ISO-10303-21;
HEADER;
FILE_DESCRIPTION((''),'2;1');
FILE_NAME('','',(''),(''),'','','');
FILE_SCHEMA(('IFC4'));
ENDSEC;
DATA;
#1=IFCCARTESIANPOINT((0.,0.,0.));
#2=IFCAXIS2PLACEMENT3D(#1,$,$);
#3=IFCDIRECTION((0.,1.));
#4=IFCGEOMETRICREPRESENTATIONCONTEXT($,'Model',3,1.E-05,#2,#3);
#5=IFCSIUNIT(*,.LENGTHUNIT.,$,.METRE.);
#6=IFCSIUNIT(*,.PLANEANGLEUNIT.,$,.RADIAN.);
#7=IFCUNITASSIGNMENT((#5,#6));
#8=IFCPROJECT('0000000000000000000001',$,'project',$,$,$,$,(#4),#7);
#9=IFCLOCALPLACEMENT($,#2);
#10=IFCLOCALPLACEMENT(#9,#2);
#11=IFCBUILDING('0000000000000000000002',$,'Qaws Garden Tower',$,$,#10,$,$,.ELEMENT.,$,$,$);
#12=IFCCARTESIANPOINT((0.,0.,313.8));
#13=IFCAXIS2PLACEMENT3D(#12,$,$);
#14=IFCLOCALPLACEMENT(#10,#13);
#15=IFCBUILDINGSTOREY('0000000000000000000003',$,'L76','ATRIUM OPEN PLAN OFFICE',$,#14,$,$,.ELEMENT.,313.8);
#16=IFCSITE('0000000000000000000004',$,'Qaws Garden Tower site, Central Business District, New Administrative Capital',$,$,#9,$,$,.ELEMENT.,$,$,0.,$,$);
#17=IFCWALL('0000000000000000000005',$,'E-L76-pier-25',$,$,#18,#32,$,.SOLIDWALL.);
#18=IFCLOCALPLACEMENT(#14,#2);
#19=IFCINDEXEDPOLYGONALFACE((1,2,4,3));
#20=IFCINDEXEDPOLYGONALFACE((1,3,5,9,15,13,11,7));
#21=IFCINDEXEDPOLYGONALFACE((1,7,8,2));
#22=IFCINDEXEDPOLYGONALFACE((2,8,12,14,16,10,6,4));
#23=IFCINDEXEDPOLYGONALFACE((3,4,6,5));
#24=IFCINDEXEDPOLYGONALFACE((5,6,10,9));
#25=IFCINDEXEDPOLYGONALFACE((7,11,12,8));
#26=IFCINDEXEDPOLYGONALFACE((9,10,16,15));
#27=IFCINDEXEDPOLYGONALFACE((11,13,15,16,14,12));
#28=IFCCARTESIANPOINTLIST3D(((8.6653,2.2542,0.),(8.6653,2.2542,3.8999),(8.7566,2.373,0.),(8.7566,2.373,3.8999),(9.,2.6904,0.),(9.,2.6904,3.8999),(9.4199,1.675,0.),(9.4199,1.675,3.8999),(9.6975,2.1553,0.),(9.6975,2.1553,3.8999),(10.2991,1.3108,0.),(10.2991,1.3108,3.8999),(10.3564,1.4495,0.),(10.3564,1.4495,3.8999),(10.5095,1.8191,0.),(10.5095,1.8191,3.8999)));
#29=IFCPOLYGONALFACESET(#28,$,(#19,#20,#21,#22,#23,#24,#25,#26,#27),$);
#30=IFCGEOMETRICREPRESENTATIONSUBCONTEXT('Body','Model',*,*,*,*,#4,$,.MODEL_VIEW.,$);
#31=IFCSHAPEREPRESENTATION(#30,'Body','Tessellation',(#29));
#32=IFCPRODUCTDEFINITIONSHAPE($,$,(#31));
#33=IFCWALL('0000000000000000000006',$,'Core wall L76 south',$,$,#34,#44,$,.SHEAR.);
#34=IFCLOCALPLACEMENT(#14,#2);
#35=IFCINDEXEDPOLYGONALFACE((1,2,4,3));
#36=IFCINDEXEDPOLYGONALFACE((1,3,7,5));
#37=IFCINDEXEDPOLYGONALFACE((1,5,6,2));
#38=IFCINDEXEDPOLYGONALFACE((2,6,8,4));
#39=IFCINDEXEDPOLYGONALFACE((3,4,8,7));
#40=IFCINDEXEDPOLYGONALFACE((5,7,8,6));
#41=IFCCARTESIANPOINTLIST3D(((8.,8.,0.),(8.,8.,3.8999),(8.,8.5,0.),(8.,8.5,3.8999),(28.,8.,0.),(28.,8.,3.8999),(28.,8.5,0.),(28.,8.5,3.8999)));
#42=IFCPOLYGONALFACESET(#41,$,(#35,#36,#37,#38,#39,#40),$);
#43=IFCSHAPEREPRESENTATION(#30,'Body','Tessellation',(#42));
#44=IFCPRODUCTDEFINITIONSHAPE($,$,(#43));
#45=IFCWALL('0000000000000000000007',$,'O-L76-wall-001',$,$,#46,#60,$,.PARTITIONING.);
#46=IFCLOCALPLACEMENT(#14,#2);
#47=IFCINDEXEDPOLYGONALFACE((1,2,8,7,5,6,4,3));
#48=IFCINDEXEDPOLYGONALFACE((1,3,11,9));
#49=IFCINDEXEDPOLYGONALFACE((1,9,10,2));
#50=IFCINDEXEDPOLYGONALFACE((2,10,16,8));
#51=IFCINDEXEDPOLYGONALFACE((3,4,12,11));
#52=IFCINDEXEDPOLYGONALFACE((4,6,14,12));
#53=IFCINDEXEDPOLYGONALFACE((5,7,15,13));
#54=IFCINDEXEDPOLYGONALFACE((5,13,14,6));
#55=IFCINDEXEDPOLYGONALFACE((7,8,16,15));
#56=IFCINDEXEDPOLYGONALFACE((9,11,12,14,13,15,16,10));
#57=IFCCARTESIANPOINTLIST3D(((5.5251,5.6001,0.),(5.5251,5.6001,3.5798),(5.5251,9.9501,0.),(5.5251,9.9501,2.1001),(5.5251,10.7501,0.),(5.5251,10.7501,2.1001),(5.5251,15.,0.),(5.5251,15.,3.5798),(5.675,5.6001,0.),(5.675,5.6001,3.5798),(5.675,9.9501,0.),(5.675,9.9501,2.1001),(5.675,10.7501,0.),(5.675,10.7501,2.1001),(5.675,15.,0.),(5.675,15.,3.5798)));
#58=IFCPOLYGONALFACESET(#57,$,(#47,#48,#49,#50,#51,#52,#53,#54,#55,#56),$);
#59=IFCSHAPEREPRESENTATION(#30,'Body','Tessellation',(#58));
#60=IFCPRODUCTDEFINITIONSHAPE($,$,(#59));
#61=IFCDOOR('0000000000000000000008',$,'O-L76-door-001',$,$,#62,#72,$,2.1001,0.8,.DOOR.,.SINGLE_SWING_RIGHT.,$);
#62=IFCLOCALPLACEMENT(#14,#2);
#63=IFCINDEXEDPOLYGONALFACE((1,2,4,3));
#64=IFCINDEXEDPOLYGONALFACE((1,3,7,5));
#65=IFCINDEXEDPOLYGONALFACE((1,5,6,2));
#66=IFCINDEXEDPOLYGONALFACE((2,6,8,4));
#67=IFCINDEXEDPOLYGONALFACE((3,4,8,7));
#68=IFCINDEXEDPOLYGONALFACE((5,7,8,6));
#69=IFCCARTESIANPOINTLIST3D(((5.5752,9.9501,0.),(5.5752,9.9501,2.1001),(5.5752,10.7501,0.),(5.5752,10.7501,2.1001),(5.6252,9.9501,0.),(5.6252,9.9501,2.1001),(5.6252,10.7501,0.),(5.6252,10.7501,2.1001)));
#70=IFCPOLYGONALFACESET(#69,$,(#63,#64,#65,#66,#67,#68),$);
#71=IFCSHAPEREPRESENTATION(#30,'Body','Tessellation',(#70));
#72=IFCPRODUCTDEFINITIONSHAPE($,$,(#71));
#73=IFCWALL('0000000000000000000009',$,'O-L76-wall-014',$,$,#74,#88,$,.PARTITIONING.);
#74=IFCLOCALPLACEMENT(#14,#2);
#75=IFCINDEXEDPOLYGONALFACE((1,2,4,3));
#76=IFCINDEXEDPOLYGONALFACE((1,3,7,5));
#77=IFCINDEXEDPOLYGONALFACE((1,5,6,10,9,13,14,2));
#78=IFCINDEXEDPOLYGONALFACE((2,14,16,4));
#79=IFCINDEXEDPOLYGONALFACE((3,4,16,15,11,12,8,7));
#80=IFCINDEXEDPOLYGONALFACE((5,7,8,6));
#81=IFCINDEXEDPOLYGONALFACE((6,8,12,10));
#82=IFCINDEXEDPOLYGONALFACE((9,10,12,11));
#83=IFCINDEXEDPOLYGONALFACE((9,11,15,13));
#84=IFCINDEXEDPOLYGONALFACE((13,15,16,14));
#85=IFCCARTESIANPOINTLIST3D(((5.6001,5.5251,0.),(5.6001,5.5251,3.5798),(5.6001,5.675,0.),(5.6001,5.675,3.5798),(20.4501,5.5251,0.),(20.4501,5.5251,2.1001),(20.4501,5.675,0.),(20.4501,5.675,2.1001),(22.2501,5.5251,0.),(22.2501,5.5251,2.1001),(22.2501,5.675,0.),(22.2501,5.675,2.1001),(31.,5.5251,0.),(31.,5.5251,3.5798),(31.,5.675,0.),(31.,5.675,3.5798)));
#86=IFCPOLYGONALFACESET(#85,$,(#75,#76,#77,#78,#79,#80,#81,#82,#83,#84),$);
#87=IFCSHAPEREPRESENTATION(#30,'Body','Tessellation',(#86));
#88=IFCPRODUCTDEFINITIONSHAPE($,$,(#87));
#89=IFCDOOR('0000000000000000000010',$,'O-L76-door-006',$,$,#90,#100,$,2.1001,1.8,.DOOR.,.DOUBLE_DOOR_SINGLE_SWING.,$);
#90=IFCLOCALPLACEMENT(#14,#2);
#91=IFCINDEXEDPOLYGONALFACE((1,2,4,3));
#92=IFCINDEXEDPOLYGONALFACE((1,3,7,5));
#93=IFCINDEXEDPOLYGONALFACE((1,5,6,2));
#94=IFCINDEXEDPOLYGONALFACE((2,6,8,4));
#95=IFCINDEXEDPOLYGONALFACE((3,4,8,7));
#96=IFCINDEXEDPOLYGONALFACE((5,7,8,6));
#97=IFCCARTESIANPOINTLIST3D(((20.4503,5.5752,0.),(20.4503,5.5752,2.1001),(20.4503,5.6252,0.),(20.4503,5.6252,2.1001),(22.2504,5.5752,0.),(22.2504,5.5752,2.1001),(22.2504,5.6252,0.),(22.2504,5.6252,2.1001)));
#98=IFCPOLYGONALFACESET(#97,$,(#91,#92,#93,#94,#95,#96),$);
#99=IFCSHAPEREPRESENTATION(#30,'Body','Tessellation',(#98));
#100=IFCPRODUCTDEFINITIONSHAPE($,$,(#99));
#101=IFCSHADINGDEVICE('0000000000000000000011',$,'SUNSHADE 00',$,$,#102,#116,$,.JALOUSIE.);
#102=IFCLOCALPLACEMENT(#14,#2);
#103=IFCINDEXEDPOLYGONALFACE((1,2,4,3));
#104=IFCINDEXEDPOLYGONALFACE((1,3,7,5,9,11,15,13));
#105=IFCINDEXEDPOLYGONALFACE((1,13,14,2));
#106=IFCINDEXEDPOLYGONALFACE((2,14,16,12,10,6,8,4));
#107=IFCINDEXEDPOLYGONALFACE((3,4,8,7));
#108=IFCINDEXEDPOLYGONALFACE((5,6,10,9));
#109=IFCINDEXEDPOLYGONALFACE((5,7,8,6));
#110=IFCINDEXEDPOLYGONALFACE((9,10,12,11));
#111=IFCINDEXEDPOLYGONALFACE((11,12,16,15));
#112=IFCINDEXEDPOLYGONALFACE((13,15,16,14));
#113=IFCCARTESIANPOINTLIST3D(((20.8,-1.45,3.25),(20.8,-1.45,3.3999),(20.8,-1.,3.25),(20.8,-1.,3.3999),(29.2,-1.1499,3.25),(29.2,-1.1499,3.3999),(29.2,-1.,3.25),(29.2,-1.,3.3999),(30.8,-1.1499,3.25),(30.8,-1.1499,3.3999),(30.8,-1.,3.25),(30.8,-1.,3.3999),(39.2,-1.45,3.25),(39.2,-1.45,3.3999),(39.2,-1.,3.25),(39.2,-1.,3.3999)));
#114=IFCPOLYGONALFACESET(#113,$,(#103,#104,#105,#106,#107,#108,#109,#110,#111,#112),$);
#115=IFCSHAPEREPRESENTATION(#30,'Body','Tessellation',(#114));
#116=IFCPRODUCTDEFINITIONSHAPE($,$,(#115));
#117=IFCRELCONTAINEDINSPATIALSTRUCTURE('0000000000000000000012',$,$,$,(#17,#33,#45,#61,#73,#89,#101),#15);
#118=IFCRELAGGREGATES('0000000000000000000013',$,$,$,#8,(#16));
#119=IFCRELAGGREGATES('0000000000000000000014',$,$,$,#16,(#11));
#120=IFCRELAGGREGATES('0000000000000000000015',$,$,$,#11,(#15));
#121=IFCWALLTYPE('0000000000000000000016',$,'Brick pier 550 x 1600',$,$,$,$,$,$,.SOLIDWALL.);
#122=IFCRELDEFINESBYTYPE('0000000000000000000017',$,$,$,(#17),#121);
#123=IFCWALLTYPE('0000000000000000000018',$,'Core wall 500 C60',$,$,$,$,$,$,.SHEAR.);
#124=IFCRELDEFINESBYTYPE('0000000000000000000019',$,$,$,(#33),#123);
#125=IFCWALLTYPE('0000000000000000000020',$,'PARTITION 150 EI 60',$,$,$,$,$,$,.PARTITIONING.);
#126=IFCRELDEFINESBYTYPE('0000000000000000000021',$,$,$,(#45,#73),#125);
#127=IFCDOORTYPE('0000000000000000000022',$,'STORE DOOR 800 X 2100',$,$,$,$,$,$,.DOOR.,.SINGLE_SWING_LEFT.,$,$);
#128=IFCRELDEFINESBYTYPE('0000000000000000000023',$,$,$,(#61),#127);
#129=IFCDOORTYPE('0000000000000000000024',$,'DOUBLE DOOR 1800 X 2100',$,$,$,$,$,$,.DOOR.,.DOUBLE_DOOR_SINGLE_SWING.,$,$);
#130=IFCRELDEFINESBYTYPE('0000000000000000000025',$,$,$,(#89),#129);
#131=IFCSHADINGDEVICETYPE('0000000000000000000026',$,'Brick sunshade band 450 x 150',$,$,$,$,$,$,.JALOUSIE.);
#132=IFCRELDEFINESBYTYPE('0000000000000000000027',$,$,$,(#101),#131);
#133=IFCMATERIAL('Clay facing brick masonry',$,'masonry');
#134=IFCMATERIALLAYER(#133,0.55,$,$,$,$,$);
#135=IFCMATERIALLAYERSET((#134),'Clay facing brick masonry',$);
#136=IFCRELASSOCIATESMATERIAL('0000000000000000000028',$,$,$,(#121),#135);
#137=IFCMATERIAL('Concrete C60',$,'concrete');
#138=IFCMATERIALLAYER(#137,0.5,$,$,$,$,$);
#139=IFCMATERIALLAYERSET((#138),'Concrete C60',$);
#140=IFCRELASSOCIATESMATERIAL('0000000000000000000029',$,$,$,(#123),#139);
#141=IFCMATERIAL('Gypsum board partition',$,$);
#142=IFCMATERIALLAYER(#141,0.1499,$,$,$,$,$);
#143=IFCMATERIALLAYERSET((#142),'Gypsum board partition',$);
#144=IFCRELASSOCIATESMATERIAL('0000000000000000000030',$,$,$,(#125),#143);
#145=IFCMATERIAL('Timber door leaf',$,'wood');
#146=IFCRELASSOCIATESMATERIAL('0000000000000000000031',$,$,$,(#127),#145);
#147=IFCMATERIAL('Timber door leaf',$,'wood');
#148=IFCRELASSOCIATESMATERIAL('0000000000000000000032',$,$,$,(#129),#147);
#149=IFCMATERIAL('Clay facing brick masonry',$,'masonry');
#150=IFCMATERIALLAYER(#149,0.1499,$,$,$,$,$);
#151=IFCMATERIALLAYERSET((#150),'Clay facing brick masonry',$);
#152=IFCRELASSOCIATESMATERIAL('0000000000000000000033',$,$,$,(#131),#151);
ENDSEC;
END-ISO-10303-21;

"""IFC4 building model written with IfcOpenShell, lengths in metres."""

from ifc_helpers import new_model, si_unit, direction, frame, frame_2d, origin, place, context, subcontext, project, spatial, polyline, rectangle, outline, extrude, material, layer, layer_set, type_object, element, fill, save


model = new_model("IFC4")

# Units and contexts
model_context = context("Model", 3, precision=1e-05, world=origin(), true_north=direction((0.0, 1.0)))
body_context = subcontext(model_context, "Body", "Model", "MODEL_VIEW")
ifc_project = project(units=[si_unit("LENGTHUNIT", "METRE"), si_unit("PLANEANGLEUNIT", "RADIAN")], contexts=[model_context])

# Site, building, storey
site_placement = place(None, origin())
site = spatial("IfcSite", under=ifc_project, at=site_placement, Name="Qaws Garden Tower site, Central Business District, New Administrative Capital", CompositionType="ELEMENT", RefElevation=0.0)
building_placement = place(site_placement, origin())
building = spatial("IfcBuilding", under=site, at=building_placement, Name="Qaws Garden Tower", CompositionType="ELEMENT")
storey_placement = place(building_placement, frame((0.0, 0.0, 313.8)))
storey = spatial("IfcBuildingStorey", under=building, at=storey_placement, Name="L76", Description="ATRIUM OPEN PLAN OFFICE", CompositionType="ELEMENT", Elevation=313.8)

# Shared definitions
placement_1 = place(storey_placement, origin())

# Walls
ifc_material_1 = material(Name="Clay facing brick masonry", Category="masonry")
ifc_layer_1 = layer(ifc_material_1, 0.55)
ifc_layer_set_1 = layer_set([ifc_layer_1], Name="Clay facing brick masonry")
wall_type_1 = type_object("IfcWallType", Name="Brick pier 550 x 1600", PredefinedType="SOLIDWALL", material=ifc_layer_set_1)
element("IfcWall", 1, at=placement_1, inside=storey, type_object=wall_type_1, Name="E-L76-pier-25", PredefinedType="SOLIDWALL", context=body_context, shape_type="SweptSolid", body=[
    extrude(outline(polyline([(8.7566, 2.373), (8.6653, 2.2542), (9.4199, 1.675), (10.2991, 1.3108), (10.3564, 1.4495), (10.5095, 1.8191), (9.6975, 2.1553), (9.0, 2.6904), (8.7566, 2.373)])), origin(), (0.0, 0.0, 1.0), 3.8999),
])
ifc_material_2 = material(Name="Concrete C60", Category="concrete")
ifc_layer_2 = layer(ifc_material_2, 0.5)
ifc_layer_set_2 = layer_set([ifc_layer_2], Name="Concrete C60")
wall_type_2 = type_object("IfcWallType", Name="Core wall 500 C60", PredefinedType="SHEAR", material=ifc_layer_set_2)
wall_1_placement = place(storey_placement, frame((8.0, 8.25, 0.0), z_axis=(0.0, 0.0, 1.0), x_axis=(1.0, 0.0, 0.0)))
element("IfcWall", 2, at=wall_1_placement, inside=storey, type_object=wall_type_2, Name="Core wall L76 south", PredefinedType="SHEAR", context=body_context, shape_type="SweptSolid", body=[
    extrude(rectangle(XDim=20.0, YDim=0.5, at=frame_2d((10.0, 0.0))), origin(), (0.0, 0.0, 1.0), 3.8999),
])

# Walls, openings, doors
ifc_material_3 = material(Name="Gypsum board partition")
ifc_layer_3 = layer(ifc_material_3, 0.1499)
ifc_layer_set_3 = layer_set([ifc_layer_3], Name="Gypsum board partition")
wall_type_3 = type_object("IfcWallType", Name="PARTITION 150 EI 60", PredefinedType="PARTITIONING", material=ifc_layer_set_3)
wall_2_placement = place(storey_placement, frame((5.6001, 5.6001, 0.0), z_axis=(0.0, 0.0, 1.0), x_axis=(0.0, 1.0, 0.0)))
wall_2 = element("IfcWall", 3, at=wall_2_placement, inside=storey, type_object=wall_type_3, Name="O-L76-wall-001", PredefinedType="PARTITIONING", context=body_context, shape_type="SweptSolid", body=[
    extrude(rectangle(XDim=9.3999, YDim=0.1499, at=frame_2d((4.7, 0.0))), origin(), (0.0, 0.0, 1.0), 3.5798),
])
opening_1_placement = place(wall_2_placement, frame((4.3501, 0.0, 0.0)))
opening_1 = element("IfcOpeningElement", 4, at=opening_1_placement, cuts=wall_2, PredefinedType="OPENING", context=body_context, shape_type="SweptSolid", body=[
    extrude(rectangle(XDim=0.8, YDim=2.1001, at=frame_2d((0.3999, 1.05))), frame((0.0, 0.085, 0.0), z_axis=(0.0, -1.0, 0.0), x_axis=(1.0, 0.0, 0.0)), (0.0, 0.0, 1.0), 0.1699),
])
ifc_material_4 = material(Name="Timber door leaf", Category="wood")
door_type_1 = type_object("IfcDoorType", Name="STORE DOOR 800 X 2100", OperationType="SINGLE_SWING_LEFT", PredefinedType="DOOR", material=ifc_material_4)
door_1_placement = place(opening_1_placement, origin())
door_1 = element("IfcDoor", 5, at=door_1_placement, inside=storey, type_object=door_type_1, Name="O-L76-door-001", OperationType="SINGLE_SWING_RIGHT", OverallHeight=2.1001, OverallWidth=0.8, PredefinedType="DOOR", context=body_context, shape_type="SweptSolid", body=[
    extrude(rectangle(XDim=0.8, YDim=2.1001, at=frame_2d((0.3999, 1.05))), frame((0.0, 0.0249, 0.0), z_axis=(0.0, -1.0, 0.0), x_axis=(1.0, 0.0, 0.0)), (0.0, 0.0, 1.0), 0.05),
])
fill(opening_1, door_1)
wall_3_placement = place(storey_placement, frame((5.6001, 5.6001, 0.0), z_axis=(0.0, 0.0, 1.0), x_axis=(1.0, 0.0, 0.0)))
wall_3 = element("IfcWall", 6, at=wall_3_placement, inside=storey, type_object=wall_type_3, Name="O-L76-wall-014", PredefinedType="PARTITIONING", context=body_context, shape_type="SweptSolid", body=[
    extrude(rectangle(XDim=25.3999, YDim=0.1499, at=frame_2d((12.7, 0.0))), origin(), (0.0, 0.0, 1.0), 3.5798),
])
opening_2_placement = place(wall_3_placement, frame((14.8501, 0.0, 0.0)))
opening_2 = element("IfcOpeningElement", 7, at=opening_2_placement, cuts=wall_3, PredefinedType="OPENING", context=body_context, shape_type="SweptSolid", body=[
    extrude(rectangle(XDim=1.8, YDim=2.1001, at=frame_2d((0.8999, 1.05))), frame((0.0, 0.085, 0.0), z_axis=(0.0, -1.0, 0.0), x_axis=(1.0, 0.0, 0.0)), (0.0, 0.0, 1.0), 0.1699),
])
ifc_material_5 = material(Name="Timber door leaf", Category="wood")
door_type_2 = type_object("IfcDoorType", Name="DOUBLE DOOR 1800 X 2100", OperationType="DOUBLE_DOOR_SINGLE_SWING", PredefinedType="DOOR", material=ifc_material_5)
door_2_placement = place(opening_2_placement, frame((1.8, 0.0, 0.0), z_axis=(0.0, 0.0, 1.0), x_axis=(-1.0, 0.0, 0.0)))
door_2 = element("IfcDoor", 8, at=door_2_placement, inside=storey, type_object=door_type_2, Name="O-L76-door-006", OperationType="DOUBLE_DOOR_SINGLE_SWING", OverallHeight=2.1001, OverallWidth=1.8, PredefinedType="DOOR", context=body_context, shape_type="SweptSolid", body=[
    extrude(rectangle(XDim=1.8, YDim=2.1001, at=frame_2d((0.8999, 1.05))), frame((0.0, 0.0249, 0.0), z_axis=(0.0, -1.0, 0.0), x_axis=(1.0, 0.0, 0.0)), (0.0, 0.0, 1.0), 0.05),
])
fill(opening_2, door_2)

# Shading device
ifc_material_6 = material(Name="Clay facing brick masonry", Category="masonry")
ifc_layer_4 = layer(ifc_material_6, 0.1499)
ifc_layer_set_4 = layer_set([ifc_layer_4], Name="Clay facing brick masonry")
shading_device_type = type_object("IfcShadingDeviceType", Name="Brick sunshade band 450 x 150", PredefinedType="JALOUSIE", material=ifc_layer_set_4)
shading_device_placement = place(storey_placement, frame((0.0, 0.0, 3.25)))
element("IfcShadingDevice", 9, at=shading_device_placement, inside=storey, type_object=shading_device_type, Name="SUNSHADE 00", PredefinedType="JALOUSIE", context=body_context, shape_type="SweptSolid", body=[
    extrude(outline(polyline([(20.8, -1.0), (20.8, -1.45), (39.2, -1.45), (39.2, -1.0), (30.8, -1.0), (30.8, -1.1499), (29.2, -1.1499), (29.2, -1.0), (20.8, -1.0)])), origin(), (0.0, 0.0, 1.0), 0.1499),
])

save(model, "model.ifc")
